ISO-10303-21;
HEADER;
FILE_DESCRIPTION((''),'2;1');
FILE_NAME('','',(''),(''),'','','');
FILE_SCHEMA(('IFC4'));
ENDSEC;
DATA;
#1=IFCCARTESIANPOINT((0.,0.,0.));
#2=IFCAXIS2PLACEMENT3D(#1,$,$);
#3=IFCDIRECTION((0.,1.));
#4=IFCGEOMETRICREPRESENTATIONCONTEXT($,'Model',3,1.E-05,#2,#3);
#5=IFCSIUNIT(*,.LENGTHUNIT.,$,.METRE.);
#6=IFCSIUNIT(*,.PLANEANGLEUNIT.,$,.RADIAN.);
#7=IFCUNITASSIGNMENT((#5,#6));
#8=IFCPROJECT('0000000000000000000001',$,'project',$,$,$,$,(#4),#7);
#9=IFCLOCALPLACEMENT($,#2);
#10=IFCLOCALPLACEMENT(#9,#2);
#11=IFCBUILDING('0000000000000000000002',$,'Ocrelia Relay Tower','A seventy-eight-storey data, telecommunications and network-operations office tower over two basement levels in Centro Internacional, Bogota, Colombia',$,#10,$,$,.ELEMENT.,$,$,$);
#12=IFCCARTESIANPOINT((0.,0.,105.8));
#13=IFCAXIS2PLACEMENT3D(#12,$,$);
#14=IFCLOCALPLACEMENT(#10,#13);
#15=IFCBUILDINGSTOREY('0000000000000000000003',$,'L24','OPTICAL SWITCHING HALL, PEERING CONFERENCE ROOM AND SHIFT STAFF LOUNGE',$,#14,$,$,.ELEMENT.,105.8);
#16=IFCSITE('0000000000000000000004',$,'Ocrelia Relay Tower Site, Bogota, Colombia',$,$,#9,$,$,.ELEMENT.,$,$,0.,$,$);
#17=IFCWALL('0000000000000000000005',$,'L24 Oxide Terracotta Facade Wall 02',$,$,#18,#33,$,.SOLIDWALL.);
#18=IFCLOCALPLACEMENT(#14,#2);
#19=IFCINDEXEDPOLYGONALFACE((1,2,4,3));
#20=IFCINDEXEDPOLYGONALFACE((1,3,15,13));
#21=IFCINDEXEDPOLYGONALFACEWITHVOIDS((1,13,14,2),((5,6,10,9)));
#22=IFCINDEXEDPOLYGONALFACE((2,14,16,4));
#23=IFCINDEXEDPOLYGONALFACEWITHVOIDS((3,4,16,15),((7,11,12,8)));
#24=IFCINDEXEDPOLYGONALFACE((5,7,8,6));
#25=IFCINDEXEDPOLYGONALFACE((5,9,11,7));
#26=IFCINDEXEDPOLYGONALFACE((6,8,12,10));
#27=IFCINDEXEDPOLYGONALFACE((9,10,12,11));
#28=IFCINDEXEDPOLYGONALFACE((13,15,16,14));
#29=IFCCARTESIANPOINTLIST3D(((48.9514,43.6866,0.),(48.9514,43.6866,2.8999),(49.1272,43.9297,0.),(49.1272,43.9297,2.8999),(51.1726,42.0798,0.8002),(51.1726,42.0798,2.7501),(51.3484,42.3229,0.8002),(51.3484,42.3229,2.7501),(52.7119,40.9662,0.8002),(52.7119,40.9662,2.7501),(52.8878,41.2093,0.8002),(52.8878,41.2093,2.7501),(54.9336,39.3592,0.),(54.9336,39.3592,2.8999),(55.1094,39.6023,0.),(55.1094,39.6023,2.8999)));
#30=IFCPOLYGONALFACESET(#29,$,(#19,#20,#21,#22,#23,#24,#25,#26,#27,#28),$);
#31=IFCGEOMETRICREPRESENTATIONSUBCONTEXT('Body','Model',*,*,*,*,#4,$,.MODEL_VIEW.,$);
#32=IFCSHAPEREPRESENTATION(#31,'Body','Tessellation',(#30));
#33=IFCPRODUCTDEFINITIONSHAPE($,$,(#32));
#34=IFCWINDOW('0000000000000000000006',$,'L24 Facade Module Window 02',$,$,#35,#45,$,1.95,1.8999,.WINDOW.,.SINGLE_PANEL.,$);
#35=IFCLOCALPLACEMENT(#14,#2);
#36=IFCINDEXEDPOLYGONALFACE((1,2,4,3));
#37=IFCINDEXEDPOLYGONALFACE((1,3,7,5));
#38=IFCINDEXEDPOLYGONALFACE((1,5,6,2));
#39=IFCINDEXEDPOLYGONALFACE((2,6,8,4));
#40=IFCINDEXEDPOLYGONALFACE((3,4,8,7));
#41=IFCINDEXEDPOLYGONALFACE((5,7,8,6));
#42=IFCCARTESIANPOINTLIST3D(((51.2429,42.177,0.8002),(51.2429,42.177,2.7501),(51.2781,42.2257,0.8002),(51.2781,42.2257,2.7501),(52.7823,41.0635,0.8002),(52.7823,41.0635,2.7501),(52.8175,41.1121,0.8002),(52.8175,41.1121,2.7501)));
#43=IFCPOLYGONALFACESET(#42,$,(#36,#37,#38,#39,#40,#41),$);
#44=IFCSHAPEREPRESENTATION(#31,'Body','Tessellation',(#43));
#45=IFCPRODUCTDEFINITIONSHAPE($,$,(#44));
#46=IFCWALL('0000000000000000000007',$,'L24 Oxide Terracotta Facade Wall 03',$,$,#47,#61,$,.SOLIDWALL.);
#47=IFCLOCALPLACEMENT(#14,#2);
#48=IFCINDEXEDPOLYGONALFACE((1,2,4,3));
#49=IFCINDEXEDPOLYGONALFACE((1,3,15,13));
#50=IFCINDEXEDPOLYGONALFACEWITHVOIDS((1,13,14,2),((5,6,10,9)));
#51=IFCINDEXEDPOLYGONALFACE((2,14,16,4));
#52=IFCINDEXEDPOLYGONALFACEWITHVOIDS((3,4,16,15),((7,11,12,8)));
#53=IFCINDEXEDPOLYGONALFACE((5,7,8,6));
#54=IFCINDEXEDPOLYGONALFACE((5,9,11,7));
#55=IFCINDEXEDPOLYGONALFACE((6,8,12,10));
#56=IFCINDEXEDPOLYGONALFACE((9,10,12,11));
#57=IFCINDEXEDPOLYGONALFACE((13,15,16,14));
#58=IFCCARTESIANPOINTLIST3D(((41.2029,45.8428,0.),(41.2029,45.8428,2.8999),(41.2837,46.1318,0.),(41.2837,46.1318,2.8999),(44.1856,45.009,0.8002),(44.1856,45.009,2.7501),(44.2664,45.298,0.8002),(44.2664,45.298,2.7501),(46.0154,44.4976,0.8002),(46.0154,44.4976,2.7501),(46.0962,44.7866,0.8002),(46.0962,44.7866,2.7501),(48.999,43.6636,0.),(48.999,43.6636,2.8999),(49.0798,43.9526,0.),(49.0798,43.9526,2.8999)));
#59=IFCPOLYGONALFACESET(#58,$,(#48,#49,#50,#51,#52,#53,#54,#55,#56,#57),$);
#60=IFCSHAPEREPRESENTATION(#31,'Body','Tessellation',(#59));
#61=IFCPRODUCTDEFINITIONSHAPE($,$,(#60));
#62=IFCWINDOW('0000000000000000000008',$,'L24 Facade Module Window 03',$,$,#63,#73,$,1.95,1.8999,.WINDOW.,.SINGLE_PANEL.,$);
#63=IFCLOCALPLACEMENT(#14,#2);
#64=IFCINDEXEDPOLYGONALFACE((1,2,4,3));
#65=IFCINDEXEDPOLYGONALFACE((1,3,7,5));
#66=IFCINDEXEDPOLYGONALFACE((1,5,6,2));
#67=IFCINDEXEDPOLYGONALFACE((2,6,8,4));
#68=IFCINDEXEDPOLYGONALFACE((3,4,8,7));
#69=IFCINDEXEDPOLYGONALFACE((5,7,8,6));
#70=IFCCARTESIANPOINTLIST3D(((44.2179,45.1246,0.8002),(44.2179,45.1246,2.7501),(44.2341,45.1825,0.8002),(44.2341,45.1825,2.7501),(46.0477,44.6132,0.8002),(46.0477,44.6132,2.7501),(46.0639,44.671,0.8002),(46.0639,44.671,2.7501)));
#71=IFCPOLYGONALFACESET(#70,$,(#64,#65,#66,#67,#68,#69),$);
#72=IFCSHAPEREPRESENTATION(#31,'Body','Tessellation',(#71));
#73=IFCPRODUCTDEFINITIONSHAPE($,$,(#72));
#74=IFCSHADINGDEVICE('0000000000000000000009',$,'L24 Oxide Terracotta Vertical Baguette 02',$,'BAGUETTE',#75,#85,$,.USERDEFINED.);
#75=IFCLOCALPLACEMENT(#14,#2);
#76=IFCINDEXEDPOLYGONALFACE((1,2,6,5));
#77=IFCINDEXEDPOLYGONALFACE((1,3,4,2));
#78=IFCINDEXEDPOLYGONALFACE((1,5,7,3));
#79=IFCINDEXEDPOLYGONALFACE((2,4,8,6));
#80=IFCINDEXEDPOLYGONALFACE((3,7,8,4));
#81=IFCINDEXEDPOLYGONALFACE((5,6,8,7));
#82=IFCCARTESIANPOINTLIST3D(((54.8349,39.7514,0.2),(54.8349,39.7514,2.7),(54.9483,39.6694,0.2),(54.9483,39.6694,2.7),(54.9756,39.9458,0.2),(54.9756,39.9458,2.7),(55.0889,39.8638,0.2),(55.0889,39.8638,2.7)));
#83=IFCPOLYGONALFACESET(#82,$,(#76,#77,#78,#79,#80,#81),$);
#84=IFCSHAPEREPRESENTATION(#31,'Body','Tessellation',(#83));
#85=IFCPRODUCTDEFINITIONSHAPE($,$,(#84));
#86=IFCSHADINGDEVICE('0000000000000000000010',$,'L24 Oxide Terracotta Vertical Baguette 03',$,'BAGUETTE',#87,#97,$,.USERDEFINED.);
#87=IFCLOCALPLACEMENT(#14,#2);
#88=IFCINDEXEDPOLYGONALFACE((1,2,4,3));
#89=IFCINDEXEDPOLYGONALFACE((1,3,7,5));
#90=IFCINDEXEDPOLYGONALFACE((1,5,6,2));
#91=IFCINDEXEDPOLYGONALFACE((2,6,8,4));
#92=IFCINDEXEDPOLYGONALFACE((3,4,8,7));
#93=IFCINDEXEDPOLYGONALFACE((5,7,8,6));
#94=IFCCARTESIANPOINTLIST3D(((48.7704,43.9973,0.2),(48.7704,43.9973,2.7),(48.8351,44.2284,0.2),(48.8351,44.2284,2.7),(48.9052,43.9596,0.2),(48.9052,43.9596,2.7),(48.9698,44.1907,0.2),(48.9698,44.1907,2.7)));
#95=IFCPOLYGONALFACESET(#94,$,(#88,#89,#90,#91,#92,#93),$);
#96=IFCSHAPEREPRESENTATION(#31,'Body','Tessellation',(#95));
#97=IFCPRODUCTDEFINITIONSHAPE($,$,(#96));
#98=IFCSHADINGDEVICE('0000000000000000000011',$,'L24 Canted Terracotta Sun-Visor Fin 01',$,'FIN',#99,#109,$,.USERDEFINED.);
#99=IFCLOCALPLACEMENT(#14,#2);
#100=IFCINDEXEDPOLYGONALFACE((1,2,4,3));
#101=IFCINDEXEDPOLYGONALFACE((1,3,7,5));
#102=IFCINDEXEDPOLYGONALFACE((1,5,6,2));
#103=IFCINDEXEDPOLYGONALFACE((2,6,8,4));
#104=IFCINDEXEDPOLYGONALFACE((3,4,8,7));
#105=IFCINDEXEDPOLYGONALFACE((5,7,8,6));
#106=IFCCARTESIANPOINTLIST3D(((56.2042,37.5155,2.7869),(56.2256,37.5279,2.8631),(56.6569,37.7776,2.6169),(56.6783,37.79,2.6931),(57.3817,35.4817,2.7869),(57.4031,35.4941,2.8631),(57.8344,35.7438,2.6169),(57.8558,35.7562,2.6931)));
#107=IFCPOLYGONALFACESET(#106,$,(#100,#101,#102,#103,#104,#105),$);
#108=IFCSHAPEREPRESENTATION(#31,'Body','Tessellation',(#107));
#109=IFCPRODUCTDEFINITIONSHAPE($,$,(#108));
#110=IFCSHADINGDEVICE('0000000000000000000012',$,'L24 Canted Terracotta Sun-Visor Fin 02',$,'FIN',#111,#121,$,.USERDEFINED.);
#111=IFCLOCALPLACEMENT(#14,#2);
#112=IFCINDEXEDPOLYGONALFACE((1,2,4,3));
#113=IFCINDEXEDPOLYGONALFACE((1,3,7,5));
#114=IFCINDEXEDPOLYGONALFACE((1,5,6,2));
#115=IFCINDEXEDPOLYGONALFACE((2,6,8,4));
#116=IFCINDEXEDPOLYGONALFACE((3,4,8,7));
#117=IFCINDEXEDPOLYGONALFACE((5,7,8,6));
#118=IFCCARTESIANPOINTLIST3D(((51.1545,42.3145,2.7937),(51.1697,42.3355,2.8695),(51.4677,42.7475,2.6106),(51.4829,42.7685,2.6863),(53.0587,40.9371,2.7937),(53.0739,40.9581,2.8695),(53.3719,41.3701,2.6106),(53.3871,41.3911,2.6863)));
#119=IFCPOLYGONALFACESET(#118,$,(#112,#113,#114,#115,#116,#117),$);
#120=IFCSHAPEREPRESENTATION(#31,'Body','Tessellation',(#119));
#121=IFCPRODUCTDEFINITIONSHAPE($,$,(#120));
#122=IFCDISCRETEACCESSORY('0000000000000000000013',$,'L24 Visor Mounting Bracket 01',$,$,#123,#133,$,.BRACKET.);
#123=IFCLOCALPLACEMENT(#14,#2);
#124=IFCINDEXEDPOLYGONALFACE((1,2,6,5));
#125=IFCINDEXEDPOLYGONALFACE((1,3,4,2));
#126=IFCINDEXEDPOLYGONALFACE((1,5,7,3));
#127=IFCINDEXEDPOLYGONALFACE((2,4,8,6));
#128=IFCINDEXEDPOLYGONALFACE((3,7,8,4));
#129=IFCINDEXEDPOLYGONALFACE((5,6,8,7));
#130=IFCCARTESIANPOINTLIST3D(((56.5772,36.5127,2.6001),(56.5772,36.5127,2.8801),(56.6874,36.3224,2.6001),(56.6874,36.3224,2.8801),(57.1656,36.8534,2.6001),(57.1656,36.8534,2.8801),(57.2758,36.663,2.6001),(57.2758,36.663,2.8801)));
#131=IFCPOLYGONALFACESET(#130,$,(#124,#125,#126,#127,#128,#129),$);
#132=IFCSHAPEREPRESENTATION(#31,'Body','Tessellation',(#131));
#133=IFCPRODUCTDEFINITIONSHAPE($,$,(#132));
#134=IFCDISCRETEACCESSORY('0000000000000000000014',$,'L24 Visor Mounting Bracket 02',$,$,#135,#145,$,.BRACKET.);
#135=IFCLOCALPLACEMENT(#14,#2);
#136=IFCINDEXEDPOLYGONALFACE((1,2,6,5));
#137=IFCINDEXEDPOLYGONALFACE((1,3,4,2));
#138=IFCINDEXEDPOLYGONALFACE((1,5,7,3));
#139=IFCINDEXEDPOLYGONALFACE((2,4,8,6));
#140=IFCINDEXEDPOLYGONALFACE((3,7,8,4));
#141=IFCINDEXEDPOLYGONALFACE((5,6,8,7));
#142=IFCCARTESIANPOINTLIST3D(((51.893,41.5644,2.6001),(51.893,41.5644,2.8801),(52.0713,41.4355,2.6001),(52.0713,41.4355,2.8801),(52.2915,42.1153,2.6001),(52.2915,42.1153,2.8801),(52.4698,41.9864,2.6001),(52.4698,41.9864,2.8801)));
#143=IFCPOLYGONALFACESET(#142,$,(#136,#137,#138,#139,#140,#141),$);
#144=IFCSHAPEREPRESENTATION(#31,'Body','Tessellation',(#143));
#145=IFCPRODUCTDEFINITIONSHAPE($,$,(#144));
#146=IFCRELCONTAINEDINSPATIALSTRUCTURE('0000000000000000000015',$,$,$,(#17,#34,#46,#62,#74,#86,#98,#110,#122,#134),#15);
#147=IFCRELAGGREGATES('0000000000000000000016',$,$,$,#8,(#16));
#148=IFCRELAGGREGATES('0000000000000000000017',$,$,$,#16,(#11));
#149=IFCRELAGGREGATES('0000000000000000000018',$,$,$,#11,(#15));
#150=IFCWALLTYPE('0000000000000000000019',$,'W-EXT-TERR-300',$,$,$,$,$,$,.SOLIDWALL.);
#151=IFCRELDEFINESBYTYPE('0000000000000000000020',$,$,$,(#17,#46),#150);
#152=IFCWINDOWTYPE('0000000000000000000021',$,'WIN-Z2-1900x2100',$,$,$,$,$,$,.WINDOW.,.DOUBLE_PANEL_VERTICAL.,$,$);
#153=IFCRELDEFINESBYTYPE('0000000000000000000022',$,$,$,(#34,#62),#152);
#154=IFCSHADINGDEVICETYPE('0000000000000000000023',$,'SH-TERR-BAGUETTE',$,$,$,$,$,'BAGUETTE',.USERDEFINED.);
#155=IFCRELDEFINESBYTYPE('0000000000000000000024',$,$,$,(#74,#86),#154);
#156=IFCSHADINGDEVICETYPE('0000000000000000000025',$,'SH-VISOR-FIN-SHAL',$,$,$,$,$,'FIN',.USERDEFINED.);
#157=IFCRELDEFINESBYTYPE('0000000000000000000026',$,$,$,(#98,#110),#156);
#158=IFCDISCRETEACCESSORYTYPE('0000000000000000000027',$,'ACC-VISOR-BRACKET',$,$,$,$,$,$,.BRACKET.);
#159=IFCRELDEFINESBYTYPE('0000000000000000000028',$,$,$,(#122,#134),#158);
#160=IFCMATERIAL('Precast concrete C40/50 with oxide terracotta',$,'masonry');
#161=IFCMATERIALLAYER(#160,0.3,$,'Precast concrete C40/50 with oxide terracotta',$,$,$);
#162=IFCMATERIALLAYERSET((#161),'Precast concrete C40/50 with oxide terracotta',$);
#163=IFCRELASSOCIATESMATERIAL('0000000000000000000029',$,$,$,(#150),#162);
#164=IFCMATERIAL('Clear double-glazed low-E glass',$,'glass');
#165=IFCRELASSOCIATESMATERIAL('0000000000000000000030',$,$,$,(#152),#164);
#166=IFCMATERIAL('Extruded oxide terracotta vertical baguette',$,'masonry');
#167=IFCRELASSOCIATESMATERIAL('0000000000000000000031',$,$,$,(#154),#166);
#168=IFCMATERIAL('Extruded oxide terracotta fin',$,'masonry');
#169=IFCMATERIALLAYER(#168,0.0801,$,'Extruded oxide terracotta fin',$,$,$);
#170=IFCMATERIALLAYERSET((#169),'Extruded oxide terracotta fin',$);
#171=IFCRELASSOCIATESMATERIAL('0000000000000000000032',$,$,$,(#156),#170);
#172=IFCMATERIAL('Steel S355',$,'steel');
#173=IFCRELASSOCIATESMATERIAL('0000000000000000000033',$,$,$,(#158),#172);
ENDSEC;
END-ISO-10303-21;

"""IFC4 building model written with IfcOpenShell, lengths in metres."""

from ifc_helpers import new_model, si_unit, direction, frame, frame_2d, origin, origin_2d, place, context, subcontext, project, spatial, rectangle, extrude, material, layer, layer_set, type_object, element, fill, save


model = new_model("IFC4")

# Units and contexts
model_context = context("Model", 3, precision=1e-05, world=origin(), true_north=direction((0.0, 1.0)))
body_context = subcontext(model_context, "Body", "Model", "MODEL_VIEW")
ifc_project = project(units=[si_unit("LENGTHUNIT", "METRE"), si_unit("PLANEANGLEUNIT", "RADIAN")], contexts=[model_context])

# Site, building, storey
site_placement = place(None, origin())
site = spatial("IfcSite", under=ifc_project, at=site_placement, Name="Ocrelia Relay Tower Site, Bogota, Colombia", CompositionType="ELEMENT", RefElevation=0.0)
building_placement = place(site_placement, origin())
building = spatial("IfcBuilding", under=site, at=building_placement, Name="Ocrelia Relay Tower", Description="A seventy-eight-storey data, telecommunications and network-operations office tower over two basement levels in Centro Internacional, Bogota, Colombia", CompositionType="ELEMENT")
storey_placement = place(building_placement, frame((0.0, 0.0, 105.8)))
storey = spatial("IfcBuildingStorey", under=building, at=storey_placement, Name="L24", Description="OPTICAL SWITCHING HALL, PEERING CONFERENCE ROOM AND SHIFT STAFF LOUNGE", CompositionType="ELEMENT", Elevation=105.8)

# Shared definitions
ifc_material_1 = material(Name="Steel S355", Category="steel")

# Shared definitions
ifc_material_2 = material(Name="Clear double-glazed low-E glass", Category="glass")

# Walls, openings, windows
ifc_material_3 = material(Name="Precast concrete C40/50 with oxide terracotta", Category="masonry")
ifc_layer_1 = layer(ifc_material_3, 0.3, Name="Precast concrete C40/50 with oxide terracotta")
ifc_layer_set_1 = layer_set([ifc_layer_1], Name="Precast concrete C40/50 with oxide terracotta")
wall_type = type_object("IfcWallType", Name="W-EXT-TERR-300", PredefinedType="SOLIDWALL", material=ifc_layer_set_1)
wall_1_placement = place(storey_placement, frame((55.0215, 39.4807, 0.0), z_axis=(0.0, 0.0, 1.0), x_axis=(-0.810233, 0.586107, 0.0)))
wall_1 = element("IfcWall", 1, at=wall_1_placement, inside=storey, type_object=wall_type, Name="L24 Oxide Terracotta Facade Wall 02", PredefinedType="SOLIDWALL", context=body_context, shape_type="SweptSolid", body=[
    extrude(rectangle(XDim=7.3833, YDim=0.3, at=frame_2d((3.6917, 0.0))), origin(), (0.0, 0.0, 1.0), 2.8999),
])
opening_1_placement = place(wall_1_placement, frame((2.7419, 0.0, 0.8)))
opening_1 = element("IfcOpeningElement", 2, at=opening_1_placement, cuts=wall_1, PredefinedType="OPENING", context=body_context, shape_type="SweptSolid", body=[
    extrude(rectangle(XDim=1.8999, YDim=1.95, at=frame_2d((0.95, 0.9751))), frame((0.0, 0.1602, 0.0), z_axis=(0.0, -1.0, 0.0), x_axis=(1.0, 0.0, 0.0)), (0.0, 0.0, 1.0), 0.3201),
])
window_type = type_object("IfcWindowType", Name="WIN-Z2-1900x2100", PartitioningType="DOUBLE_PANEL_VERTICAL", PredefinedType="WINDOW", material=ifc_material_2)
window_1_placement = place(opening_1_placement, origin())
window_1 = element("IfcWindow", 3, at=window_1_placement, inside=storey, type_object=window_type, Name="L24 Facade Module Window 02", OverallHeight=1.95, OverallWidth=1.8999, PartitioningType="SINGLE_PANEL", PredefinedType="WINDOW", context=body_context, shape_type="SweptSolid", body=[
    extrude(rectangle(XDim=1.8999, YDim=1.95, at=frame_2d((0.95, 0.9751))), frame((0.0, 0.03, 0.0), z_axis=(0.0, -1.0, 0.0), x_axis=(1.0, 0.0, 0.0)), (0.0, 0.0, 1.0), 0.0601),
])
fill(opening_1, window_1)
wall_2_placement = place(storey_placement, frame((49.0393, 43.8081, 0.0), z_axis=(0.0, 0.0, 1.0), x_axis=(-0.963083, 0.269204, 0.0)))
wall_2 = element("IfcWall", 4, at=wall_2_placement, inside=storey, type_object=wall_type, Name="L24 Oxide Terracotta Facade Wall 03", PredefinedType="SOLIDWALL", context=body_context, shape_type="SweptSolid", body=[
    extrude(rectangle(XDim=8.095, YDim=0.3, at=frame_2d((4.0474, 0.0))), origin(), (0.0, 0.0, 1.0), 2.8999),
])
opening_2_placement = place(wall_2_placement, frame((3.0979, 0.0, 0.8)))
opening_2 = element("IfcOpeningElement", 5, at=opening_2_placement, cuts=wall_2, PredefinedType="OPENING", context=body_context, shape_type="SweptSolid", body=[
    extrude(rectangle(XDim=1.8999, YDim=1.95, at=frame_2d((0.95, 0.9751))), frame((0.0, 0.1602, 0.0), z_axis=(0.0, -1.0, 0.0), x_axis=(1.0, 0.0, 0.0)), (0.0, 0.0, 1.0), 0.3201),
])
window_2_placement = place(opening_2_placement, origin())
window_2 = element("IfcWindow", 6, at=window_2_placement, inside=storey, type_object=window_type, Name="L24 Facade Module Window 03", OverallHeight=1.95, OverallWidth=1.8999, PartitioningType="SINGLE_PANEL", PredefinedType="WINDOW", context=body_context, shape_type="SweptSolid", body=[
    extrude(rectangle(XDim=1.8999, YDim=1.95, at=frame_2d((0.95, 0.9751))), frame((0.0, 0.03, 0.0), z_axis=(0.0, -1.0, 0.0), x_axis=(1.0, 0.0, 0.0)), (0.0, 0.0, 1.0), 0.0601),
])
fill(opening_2, window_2)

# Shading devices
ifc_material_4 = material(Name="Extruded oxide terracotta vertical baguette", Category="masonry")
shading_device_type_1 = type_object("IfcShadingDeviceType", Name="SH-TERR-BAGUETTE", ElementType="BAGUETTE", PredefinedType="USERDEFINED", material=ifc_material_4)
for number, where, z_axis, x_axis, name in (
    (7, (54.9619, 39.8076, 0.2), (0.0, 0.0, 1.0), (-0.810245, 0.586091, 0.0), "L24 Oxide Terracotta Vertical Baguette 02"),
    (8, (48.8701, 44.094, 0.2), (0.0, 0.0, 1.0), (-0.963077, 0.269225, 0.0), "L24 Oxide Terracotta Vertical Baguette 03"),
):
    element("IfcShadingDevice", number, at=place(storey_placement, frame(where, z_axis=z_axis, x_axis=x_axis)), inside=storey, type_object=shading_device_type_1, Name=name, ObjectType="BAGUETTE", PredefinedType="USERDEFINED", context=body_context, shape_type="SweptSolid", body=[
        extrude(rectangle(XDim=0.1399, YDim=0.24, at=origin_2d()), origin(), (0.0, 0.0, 1.0), 2.5),
    ])
ifc_material_5 = material(Name="Extruded oxide terracotta fin", Category="masonry")
ifc_layer_2 = layer(ifc_material_5, 0.0801, Name="Extruded oxide terracotta fin")
ifc_layer_set_2 = layer_set([ifc_layer_2], Name="Extruded oxide terracotta fin")
shading_device_type_2 = type_object("IfcShadingDeviceType", Name="SH-VISOR-FIN-SHAL", ElementType="FIN", PredefinedType="USERDEFINED", material=ifc_layer_set_2)
shading_device_1_placement = place(storey_placement, frame((57.0193, 36.6296, 2.7019), z_axis=(0.26743, 0.15483, 0.951057), x_axis=(-0.501042, 0.865423, 0.0)))
element("IfcShadingDevice", 9, at=shading_device_1_placement, inside=storey, type_object=shading_device_type_2, Name="L24 Canted Terracotta Sun-Visor Fin 01", ObjectType="FIN", PredefinedType="USERDEFINED", context=body_context, shape_type="SweptSolid", body=[
    extrude(rectangle(XDim=2.3501, YDim=0.55, at=origin_2d()), origin(), (0.0, 0.0, 1.0), 0.0801),
])
shading_device_2_placement = place(storey_placement, frame((52.2632, 41.8423, 2.7021), z_axis=(0.190039, 0.26272, 0.945972), x_axis=(-0.810245, 0.586091, 0.0)))
element("IfcShadingDevice", 10, at=shading_device_2_placement, inside=storey, type_object=shading_device_type_2, Name="L24 Canted Terracotta Sun-Visor Fin 02", ObjectType="FIN", PredefinedType="USERDEFINED", context=body_context, shape_type="SweptSolid", body=[
    extrude(rectangle(XDim=2.3501, YDim=0.5649, at=origin_2d()), origin(), (0.0, 0.0, 1.0), 0.0801),
])

# Discrete accessories
discrete_accessory_type = type_object("IfcDiscreteAccessoryType", Name="ACC-VISOR-BRACKET", PredefinedType="BRACKET", material=ifc_material_1)
for number, where, z_axis, x_axis, name in (
    (11, (56.9265, 36.5879, 2.6001), (0.0, 0.0, 1.0), (-0.501042, 0.865423, 0.0), "L24 Visor Mounting Bracket 01"),
    (12, (52.1814, 41.7754, 2.6001), (0.0, 0.0, 1.0), (-0.810245, 0.586091, 0.0), "L24 Visor Mounting Bracket 02"),
):
    element("IfcDiscreteAccessory", number, at=place(storey_placement, frame(where, z_axis=z_axis, x_axis=x_axis)), inside=storey, type_object=discrete_accessory_type, Name=name, PredefinedType="BRACKET", context=body_context, shape_type="SweptSolid", body=[
        extrude(rectangle(XDim=0.22, YDim=0.6799, at=origin_2d()), origin(), (0.0, 0.0, 1.0), 0.28),
    ])

save(model, "model.ifc")
